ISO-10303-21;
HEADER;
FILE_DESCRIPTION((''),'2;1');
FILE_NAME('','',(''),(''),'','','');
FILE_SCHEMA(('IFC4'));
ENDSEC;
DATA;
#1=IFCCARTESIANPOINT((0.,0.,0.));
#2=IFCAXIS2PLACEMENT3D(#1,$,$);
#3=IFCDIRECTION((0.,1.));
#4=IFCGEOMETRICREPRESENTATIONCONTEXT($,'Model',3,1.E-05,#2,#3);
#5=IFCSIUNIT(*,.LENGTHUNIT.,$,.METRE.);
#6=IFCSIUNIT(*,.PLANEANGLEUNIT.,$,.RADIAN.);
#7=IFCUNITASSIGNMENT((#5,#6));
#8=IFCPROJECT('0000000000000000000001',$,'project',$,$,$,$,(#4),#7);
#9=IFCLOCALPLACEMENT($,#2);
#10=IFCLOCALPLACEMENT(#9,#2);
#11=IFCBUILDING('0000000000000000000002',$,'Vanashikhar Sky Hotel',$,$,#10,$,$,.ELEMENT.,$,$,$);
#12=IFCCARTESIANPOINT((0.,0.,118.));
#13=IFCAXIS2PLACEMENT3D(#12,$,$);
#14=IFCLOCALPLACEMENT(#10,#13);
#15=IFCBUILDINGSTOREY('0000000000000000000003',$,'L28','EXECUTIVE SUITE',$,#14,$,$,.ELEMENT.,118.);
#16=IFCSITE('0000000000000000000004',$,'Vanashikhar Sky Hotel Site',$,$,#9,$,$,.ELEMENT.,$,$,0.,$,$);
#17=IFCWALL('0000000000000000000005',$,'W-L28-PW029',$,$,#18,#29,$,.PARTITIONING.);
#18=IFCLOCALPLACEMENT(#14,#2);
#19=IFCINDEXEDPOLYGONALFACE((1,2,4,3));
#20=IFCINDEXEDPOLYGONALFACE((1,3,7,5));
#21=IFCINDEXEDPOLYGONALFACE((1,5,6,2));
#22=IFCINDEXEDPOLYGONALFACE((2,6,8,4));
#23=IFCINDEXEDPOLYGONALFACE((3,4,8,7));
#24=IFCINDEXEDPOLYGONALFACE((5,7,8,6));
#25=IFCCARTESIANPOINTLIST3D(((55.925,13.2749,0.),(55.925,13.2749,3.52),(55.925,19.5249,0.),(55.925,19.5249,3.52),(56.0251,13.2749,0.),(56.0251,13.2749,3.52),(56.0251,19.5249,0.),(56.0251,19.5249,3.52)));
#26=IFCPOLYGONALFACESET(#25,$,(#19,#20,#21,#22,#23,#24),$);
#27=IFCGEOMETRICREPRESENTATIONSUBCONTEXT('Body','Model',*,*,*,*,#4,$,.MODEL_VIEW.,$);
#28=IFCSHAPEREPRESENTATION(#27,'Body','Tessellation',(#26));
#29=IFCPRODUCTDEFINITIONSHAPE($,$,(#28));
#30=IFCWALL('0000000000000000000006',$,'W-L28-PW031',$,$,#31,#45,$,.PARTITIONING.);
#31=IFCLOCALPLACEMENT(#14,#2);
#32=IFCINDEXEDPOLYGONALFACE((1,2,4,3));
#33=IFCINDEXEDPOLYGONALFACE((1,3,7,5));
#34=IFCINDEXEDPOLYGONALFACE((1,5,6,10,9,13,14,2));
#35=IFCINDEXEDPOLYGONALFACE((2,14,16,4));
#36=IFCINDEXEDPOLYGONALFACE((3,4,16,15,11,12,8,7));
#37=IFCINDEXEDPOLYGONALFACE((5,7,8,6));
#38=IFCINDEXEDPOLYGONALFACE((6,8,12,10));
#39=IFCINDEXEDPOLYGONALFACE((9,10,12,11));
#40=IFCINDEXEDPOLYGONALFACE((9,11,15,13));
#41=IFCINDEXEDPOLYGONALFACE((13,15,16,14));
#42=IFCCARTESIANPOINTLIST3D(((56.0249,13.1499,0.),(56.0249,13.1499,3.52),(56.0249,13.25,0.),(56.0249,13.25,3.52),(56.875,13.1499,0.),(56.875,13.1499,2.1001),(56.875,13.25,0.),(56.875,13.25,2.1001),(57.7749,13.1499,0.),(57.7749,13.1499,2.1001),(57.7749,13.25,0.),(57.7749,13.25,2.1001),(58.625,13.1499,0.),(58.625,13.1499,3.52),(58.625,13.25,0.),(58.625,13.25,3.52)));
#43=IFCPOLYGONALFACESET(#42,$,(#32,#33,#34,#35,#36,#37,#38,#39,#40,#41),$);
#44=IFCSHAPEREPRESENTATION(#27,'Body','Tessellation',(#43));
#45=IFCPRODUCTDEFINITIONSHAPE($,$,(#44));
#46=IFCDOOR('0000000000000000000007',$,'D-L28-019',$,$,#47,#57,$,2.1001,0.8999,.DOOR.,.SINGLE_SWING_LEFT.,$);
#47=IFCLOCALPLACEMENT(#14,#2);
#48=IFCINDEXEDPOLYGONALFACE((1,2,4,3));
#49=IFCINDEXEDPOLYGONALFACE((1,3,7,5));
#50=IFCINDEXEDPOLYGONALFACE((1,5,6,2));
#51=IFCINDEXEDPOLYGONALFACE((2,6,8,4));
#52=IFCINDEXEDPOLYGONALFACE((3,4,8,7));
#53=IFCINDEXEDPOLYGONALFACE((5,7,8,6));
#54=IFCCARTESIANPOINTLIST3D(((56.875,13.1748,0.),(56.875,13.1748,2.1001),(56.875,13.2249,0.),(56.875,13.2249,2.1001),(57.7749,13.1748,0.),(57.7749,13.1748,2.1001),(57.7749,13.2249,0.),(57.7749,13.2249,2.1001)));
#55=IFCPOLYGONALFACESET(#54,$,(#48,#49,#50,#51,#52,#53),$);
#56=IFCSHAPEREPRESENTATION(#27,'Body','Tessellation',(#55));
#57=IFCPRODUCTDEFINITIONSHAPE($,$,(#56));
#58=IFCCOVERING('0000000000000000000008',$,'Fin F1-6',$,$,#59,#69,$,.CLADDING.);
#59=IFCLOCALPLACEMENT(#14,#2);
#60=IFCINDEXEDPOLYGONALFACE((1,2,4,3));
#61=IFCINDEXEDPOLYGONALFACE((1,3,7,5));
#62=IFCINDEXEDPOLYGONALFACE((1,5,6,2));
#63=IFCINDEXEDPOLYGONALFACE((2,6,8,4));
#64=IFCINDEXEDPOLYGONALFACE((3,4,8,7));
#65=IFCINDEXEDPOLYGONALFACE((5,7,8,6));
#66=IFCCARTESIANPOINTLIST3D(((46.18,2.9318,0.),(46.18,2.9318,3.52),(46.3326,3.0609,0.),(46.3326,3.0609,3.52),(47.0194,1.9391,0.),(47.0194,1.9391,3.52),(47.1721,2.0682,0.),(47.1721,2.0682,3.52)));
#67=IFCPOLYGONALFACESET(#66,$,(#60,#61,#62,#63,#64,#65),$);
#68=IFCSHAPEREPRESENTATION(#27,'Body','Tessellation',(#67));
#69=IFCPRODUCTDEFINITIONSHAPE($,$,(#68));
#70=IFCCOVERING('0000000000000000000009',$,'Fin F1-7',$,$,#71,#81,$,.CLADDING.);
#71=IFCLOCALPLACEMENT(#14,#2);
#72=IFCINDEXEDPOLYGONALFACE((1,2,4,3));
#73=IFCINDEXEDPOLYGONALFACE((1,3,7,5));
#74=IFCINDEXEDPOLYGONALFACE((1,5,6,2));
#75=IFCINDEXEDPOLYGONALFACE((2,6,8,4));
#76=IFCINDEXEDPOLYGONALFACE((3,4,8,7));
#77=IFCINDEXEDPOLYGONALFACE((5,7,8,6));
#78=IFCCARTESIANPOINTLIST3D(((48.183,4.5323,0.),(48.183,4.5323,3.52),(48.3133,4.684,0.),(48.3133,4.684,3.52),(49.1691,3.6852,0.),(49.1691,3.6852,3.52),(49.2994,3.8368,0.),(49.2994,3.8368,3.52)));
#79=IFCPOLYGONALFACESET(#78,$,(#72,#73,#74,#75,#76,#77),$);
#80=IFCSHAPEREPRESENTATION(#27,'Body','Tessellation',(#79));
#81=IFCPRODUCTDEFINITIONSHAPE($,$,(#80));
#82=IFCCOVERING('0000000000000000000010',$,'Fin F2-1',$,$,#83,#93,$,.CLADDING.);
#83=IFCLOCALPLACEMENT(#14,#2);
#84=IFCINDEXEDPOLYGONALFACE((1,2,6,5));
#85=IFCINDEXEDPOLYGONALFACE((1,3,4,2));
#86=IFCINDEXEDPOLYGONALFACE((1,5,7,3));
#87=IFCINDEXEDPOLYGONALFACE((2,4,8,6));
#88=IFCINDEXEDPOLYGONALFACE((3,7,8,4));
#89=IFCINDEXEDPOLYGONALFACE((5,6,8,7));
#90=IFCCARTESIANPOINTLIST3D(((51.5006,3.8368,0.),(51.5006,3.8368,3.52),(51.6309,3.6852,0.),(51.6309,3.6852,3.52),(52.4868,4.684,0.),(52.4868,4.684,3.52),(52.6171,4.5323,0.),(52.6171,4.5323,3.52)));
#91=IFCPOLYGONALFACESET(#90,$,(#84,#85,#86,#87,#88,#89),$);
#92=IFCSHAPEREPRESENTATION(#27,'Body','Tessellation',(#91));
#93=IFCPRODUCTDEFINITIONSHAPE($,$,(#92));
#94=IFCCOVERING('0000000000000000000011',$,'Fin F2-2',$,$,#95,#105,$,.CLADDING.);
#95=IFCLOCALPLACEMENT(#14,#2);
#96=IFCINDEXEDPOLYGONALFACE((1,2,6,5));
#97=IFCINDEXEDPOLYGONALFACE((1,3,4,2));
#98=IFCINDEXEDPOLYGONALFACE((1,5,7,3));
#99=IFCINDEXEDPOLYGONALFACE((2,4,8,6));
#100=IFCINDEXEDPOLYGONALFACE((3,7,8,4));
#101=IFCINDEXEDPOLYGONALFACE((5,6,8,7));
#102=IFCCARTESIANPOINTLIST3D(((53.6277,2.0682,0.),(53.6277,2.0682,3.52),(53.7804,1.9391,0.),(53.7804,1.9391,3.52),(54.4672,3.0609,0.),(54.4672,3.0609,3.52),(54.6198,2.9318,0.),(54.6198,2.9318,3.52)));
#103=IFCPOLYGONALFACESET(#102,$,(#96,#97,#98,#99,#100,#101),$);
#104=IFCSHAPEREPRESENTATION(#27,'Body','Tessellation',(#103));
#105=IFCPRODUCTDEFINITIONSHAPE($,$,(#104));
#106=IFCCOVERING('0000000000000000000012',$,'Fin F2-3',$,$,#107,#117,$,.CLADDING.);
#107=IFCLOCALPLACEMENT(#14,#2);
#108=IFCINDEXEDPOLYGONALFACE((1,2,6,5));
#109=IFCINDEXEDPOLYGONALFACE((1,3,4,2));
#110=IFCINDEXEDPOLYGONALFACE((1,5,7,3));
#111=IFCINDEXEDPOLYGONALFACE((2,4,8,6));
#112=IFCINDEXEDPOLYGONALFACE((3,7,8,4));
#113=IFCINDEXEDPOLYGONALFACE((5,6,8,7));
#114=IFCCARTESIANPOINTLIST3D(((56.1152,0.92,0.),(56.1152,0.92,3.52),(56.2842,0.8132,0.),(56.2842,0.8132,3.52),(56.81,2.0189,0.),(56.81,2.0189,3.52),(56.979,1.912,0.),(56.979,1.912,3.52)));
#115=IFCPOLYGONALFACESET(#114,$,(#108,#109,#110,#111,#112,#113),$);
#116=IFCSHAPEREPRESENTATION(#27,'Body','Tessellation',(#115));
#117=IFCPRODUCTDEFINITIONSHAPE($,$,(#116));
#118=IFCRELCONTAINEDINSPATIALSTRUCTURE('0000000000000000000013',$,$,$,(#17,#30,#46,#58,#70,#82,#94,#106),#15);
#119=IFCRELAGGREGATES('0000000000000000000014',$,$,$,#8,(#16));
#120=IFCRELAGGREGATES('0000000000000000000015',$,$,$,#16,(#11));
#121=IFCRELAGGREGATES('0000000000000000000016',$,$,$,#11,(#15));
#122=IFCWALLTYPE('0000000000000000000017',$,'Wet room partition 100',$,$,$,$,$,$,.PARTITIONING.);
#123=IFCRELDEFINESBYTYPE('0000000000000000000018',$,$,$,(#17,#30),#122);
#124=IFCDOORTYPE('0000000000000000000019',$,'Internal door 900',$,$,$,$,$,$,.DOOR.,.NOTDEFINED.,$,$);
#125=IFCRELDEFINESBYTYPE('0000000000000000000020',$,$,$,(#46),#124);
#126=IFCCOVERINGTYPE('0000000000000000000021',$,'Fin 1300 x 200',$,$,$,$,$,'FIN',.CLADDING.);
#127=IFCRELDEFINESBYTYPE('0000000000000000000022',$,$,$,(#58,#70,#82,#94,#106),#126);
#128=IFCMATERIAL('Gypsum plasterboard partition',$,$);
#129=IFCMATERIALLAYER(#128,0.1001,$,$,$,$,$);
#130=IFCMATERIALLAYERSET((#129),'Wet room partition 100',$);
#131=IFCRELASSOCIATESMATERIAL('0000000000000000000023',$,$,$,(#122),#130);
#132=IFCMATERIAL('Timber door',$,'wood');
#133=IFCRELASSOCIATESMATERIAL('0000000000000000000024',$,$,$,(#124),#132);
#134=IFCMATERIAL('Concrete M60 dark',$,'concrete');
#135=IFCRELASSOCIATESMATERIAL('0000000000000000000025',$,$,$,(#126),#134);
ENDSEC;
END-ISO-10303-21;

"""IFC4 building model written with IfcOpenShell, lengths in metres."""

from ifc_helpers import new_model, si_unit, direction, frame, frame_2d, origin, origin_2d, place, context, subcontext, project, spatial, rectangle, extrude, source, transform, mapped, material, layer, layer_set, material_profile, profile_set, type_object, element, fill, save


model = new_model("IFC4")

# Units and contexts
model_context = context("Model", 3, precision=1e-05, world=origin(), true_north=direction((0.0, 1.0)))
body_context = subcontext(model_context, "Body", "Model", "MODEL_VIEW")
ifc_project = project(units=[si_unit("LENGTHUNIT", "METRE"), si_unit("PLANEANGLEUNIT", "RADIAN")], contexts=[model_context])

# Site, building, storey
site_placement = place(None, origin())
site = spatial("IfcSite", under=ifc_project, at=site_placement, Name="Vanashikhar Sky Hotel Site", CompositionType="ELEMENT", RefElevation=0.0)
building_placement = place(site_placement, origin())
building = spatial("IfcBuilding", under=site, at=building_placement, Name="Vanashikhar Sky Hotel", CompositionType="ELEMENT")
storey_placement = place(building_placement, frame((0.0, 0.0, 118.0)))
storey = spatial("IfcBuildingStorey", under=building, at=storey_placement, Name="L28", Description="EXECUTIVE SUITE", CompositionType="ELEMENT", Elevation=118.0)

# Shared definitions
ifc_material_1 = material(Name="Gypsum plasterboard partition")

# Shared definitions
ifc_layer_1 = layer(ifc_material_1, 0.1001)
ifc_layer_set_1 = layer_set([ifc_layer_1], Name="Wet room partition 100")
wall_type_1 = type_object("IfcWallType", Name="Wet room partition 100", PredefinedType="PARTITIONING", material=ifc_layer_set_1)
shared_shape_1 = source(origin(), body_context, "Body", "SweptSolid", [
    extrude(rectangle(XDim=0.8999, YDim=2.1001, at=frame_2d((0.45, 1.05))), frame((0.0, 0.0601, 0.0), z_axis=(0.0, -1.0, 0.0), x_axis=(1.0, 0.0, 0.0)), (0.0, 0.0, 1.0), 0.1201),
])
ifc_material_2 = material(Name="Timber door", Category="wood")
door_type = type_object("IfcDoorType", Name="Internal door 900", OperationType="NOTDEFINED", PredefinedType="DOOR", material=ifc_material_2)
shared_shape_2 = source(origin(), body_context, "Body", "SweptSolid", [
    extrude(rectangle(XDim=0.8999, YDim=2.1001, at=frame_2d((0.45, 1.05))), frame((0.0, 0.0249, 0.0), z_axis=(0.0, -1.0, 0.0), x_axis=(1.0, 0.0, 0.0)), (0.0, 0.0, 1.0), 0.05),
])

# Wall
shared_shape_3 = source(origin(), body_context, "Body", "SweptSolid", [
    extrude(rectangle(XDim=6.25, YDim=0.1001, at=frame_2d((3.125, 0.0))), origin(), (0.0, 0.0, 1.0), 3.52),
])
for number, where, z_axis, x_axis, name in (
    (1, (55.9751, 13.2749, 0.0), (0.0, 0.0, 1.0), (0.0, 1.0, 0.0), "W-L28-PW029"),
):
    element("IfcWall", number, at=place(storey_placement, frame(where, z_axis=z_axis, x_axis=x_axis)), inside=storey, type_object=wall_type_1, Name=name, PredefinedType="PARTITIONING", context=body_context, shape_type="MappedRepresentation", body=[
        mapped(shared_shape_3, transform((0.0, 0.0, 0.0), scale=1.0)),
    ])

# Wall, opening, door
shared_shape_4 = source(origin(), body_context, "Body", "SweptSolid", [
    extrude(rectangle(XDim=2.6001, YDim=0.1001, at=frame_2d((1.3, 0.0))), origin(), (0.0, 0.0, 1.0), 3.52),
])
wall_1_placement = place(storey_placement, frame((56.0249, 13.2, 0.0), z_axis=(0.0, 0.0, 1.0), x_axis=(1.0, 0.0, 0.0)))
wall_1 = element("IfcWall", 2, at=wall_1_placement, inside=storey, type_object=wall_type_1, Name="W-L28-PW031", PredefinedType="PARTITIONING", context=body_context, shape_type="MappedRepresentation", body=[
    mapped(shared_shape_4, transform((0.0, 0.0, 0.0), scale=1.0)),
])
opening_1_placement = place(wall_1_placement, frame((0.8501, 0.0, 0.0)))
opening_1 = element("IfcOpeningElement", 3, at=opening_1_placement, cuts=wall_1, PredefinedType="OPENING", context=body_context, shape_type="MappedRepresentation", body=[
    mapped(shared_shape_1, transform((0.0, 0.0, 0.0), scale=1.0)),
])
door_1_placement = place(opening_1_placement, origin())
door_1 = element("IfcDoor", 4, at=door_1_placement, inside=storey, type_object=door_type, Name="D-L28-019", OperationType="SINGLE_SWING_LEFT", OverallHeight=2.1001, OverallWidth=0.8999, PredefinedType="DOOR", context=body_context, shape_type="MappedRepresentation", body=[
    mapped(shared_shape_2, transform((0.0, 0.0, 0.0), scale=1.0)),
])
fill(opening_1, door_1)

# Coverings
ifc_material_3 = material(Name="Concrete M60 dark", Category="concrete")
ifc_material_profile_1 = material_profile(ifc_material_3, rectangle(XDim=1.3, YDim=0.2, at=origin_2d()))
ifc_profile_set_1 = profile_set([ifc_material_profile_1], Name="Fin 1300 x 200")
covering_type = type_object("IfcCoveringType", Name="Fin 1300 x 200", ElementType="FIN", PredefinedType="CLADDING", material=ifc_profile_set_1)
shared_shape_5 = source(origin(), body_context, "Body", "SweptSolid", [
    extrude(rectangle(XDim=1.3, YDim=0.2, at=origin_2d()), origin(), (0.0, 0.0, 1.0), 3.52),
])
for number, where, z_axis, x_axis, name in (
    (5, (46.676, 2.5, 0.0), (0.0, 0.0, 1.0), (0.645698, -0.763593, 0.0), "Fin F1-6"),
    (6, (48.7412, 4.1846, 0.0), (0.0, 0.0, 1.0), (0.758544, -0.651622, 0.0), "Fin F1-7"),
    (7, (52.0588, 4.1846, 0.0), (0.0, 0.0, 1.0), (-0.758544, -0.651622, 0.0), "Fin F2-1"),
    (8, (54.1238, 2.5, 0.0), (0.0, 0.0, 1.0), (-0.645698, -0.763593, 0.0), "Fin F2-2"),
    (9, (56.5471, 1.416, 0.0), (0.0, 0.0, 1.0), (-0.534411, -0.845225, 0.0), "Fin F2-3"),
):
    element("IfcCovering", number, at=place(storey_placement, frame(where, z_axis=z_axis, x_axis=x_axis)), inside=storey, type_object=covering_type, Name=name, PredefinedType="CLADDING", context=body_context, shape_type="MappedRepresentation", body=[
        mapped(shared_shape_5, transform((0.0, 0.0, 0.0), scale=1.0)),
    ])

save(model, "model.ifc")
